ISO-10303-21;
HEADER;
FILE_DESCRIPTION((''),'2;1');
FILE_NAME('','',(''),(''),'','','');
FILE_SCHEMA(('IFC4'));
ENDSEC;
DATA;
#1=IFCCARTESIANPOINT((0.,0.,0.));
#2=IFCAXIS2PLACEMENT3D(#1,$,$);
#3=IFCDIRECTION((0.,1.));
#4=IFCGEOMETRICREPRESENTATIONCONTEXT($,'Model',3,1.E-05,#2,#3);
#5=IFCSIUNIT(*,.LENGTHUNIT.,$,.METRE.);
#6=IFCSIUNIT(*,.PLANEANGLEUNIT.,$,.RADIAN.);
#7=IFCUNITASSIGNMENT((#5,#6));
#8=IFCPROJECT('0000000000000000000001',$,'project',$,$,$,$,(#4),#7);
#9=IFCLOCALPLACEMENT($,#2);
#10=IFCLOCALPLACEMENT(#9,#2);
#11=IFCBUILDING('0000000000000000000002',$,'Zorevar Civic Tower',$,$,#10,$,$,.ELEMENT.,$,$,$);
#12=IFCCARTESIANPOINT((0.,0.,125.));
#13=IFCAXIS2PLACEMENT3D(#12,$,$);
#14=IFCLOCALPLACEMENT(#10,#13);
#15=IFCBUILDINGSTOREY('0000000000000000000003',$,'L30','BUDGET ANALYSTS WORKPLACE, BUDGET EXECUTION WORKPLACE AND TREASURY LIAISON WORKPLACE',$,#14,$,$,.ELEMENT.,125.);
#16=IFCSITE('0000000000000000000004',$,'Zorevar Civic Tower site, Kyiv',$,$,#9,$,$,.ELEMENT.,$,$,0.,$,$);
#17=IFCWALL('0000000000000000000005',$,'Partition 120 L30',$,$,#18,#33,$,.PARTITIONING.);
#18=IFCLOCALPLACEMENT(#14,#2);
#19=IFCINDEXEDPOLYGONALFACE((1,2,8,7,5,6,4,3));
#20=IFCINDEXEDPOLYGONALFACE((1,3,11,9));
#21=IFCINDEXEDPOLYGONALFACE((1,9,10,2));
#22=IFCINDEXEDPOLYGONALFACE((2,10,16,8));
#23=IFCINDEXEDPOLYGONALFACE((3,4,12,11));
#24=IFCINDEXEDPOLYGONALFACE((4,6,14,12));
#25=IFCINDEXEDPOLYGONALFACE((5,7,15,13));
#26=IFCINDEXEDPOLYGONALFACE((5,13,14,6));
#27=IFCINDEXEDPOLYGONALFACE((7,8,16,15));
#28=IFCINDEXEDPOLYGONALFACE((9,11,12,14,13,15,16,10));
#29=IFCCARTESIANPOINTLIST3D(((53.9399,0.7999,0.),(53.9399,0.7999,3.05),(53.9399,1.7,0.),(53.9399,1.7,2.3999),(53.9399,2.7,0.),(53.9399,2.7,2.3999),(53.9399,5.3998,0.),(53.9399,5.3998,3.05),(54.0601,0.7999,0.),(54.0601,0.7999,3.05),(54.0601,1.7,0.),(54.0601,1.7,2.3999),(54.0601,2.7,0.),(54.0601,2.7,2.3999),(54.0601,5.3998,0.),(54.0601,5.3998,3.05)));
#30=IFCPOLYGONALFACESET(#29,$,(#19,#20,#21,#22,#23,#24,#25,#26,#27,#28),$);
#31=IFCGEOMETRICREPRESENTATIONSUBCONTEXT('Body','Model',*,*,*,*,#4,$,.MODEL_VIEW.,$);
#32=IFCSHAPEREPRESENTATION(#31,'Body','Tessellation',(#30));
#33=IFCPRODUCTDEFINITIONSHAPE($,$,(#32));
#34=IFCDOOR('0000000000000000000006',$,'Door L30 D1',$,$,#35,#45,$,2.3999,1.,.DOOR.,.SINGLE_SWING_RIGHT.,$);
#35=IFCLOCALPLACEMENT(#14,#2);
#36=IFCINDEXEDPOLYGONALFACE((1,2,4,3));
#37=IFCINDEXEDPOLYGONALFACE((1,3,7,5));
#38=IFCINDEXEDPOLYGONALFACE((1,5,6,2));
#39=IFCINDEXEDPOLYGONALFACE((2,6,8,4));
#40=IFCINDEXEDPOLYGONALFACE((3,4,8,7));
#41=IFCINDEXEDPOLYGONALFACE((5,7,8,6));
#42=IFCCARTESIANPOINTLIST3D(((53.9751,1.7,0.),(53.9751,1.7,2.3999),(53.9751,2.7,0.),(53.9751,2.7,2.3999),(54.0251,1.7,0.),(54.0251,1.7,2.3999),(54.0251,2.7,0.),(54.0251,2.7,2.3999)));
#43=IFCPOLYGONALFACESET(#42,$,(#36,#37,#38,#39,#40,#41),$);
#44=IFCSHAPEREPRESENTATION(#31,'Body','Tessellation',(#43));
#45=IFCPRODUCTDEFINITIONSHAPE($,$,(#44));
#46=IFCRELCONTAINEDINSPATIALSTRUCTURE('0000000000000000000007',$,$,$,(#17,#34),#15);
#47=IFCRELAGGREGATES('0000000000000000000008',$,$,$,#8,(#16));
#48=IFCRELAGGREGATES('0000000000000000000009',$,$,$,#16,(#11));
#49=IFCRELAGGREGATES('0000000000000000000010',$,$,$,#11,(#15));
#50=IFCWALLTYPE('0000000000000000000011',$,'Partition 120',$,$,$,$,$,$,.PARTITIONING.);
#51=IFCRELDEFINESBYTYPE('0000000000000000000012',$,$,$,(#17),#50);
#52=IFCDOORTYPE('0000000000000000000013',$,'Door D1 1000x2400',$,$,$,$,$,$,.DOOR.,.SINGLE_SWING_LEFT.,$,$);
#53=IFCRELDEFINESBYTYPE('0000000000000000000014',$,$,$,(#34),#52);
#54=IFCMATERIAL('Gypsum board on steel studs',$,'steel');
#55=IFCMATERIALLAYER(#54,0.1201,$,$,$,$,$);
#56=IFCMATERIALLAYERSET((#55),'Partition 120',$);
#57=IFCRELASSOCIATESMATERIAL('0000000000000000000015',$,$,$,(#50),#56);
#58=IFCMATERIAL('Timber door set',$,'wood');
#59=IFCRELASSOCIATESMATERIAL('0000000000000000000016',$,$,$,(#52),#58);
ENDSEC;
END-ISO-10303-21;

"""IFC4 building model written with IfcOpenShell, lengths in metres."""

from ifc_helpers import new_model, si_unit, direction, frame, frame_2d, origin, place, context, subcontext, project, spatial, rectangle, extrude, material, layer, layer_set, type_object, element, fill, save


model = new_model("IFC4")

# Units and contexts
model_context = context("Model", 3, precision=1e-05, world=origin(), true_north=direction((0.0, 1.0)))
body_context = subcontext(model_context, "Body", "Model", "MODEL_VIEW")
ifc_project = project(units=[si_unit("LENGTHUNIT", "METRE"), si_unit("PLANEANGLEUNIT", "RADIAN")], contexts=[model_context])

# Site, building, storey
site_placement = place(None, origin())
site = spatial("IfcSite", under=ifc_project, at=site_placement, Name="Zorevar Civic Tower site, Kyiv", CompositionType="ELEMENT", RefElevation=0.0)
building_placement = place(site_placement, origin())
building = spatial("IfcBuilding", under=site, at=building_placement, Name="Zorevar Civic Tower", CompositionType="ELEMENT")
storey_placement = place(building_placement, frame((0.0, 0.0, 125.0)))
storey = spatial("IfcBuildingStorey", under=building, at=storey_placement, Name="L30", Description="BUDGET ANALYSTS WORKPLACE, BUDGET EXECUTION WORKPLACE AND TREASURY LIAISON WORKPLACE", CompositionType="ELEMENT", Elevation=125.0)

# Shared definitions
ifc_material_1 = material(Name="Gypsum board on steel studs", Category="steel")
ifc_layer_1 = layer(ifc_material_1, 0.1201)
ifc_layer_set_1 = layer_set([ifc_layer_1], Name="Partition 120")
wall_type = type_object("IfcWallType", Name="Partition 120", PredefinedType="PARTITIONING", material=ifc_layer_set_1)

# Wall, opening, door
wall_1_placement = place(storey_placement, frame((54.0, 0.8, 0.0), z_axis=(0.0, 0.0, 1.0), x_axis=(0.0, 1.0, 0.0)))
wall_1 = element("IfcWall", 1, at=wall_1_placement, inside=storey, type_object=wall_type, Name="Partition 120 L30", PredefinedType="PARTITIONING", context=body_context, shape_type="SweptSolid", body=[
    extrude(rectangle(XDim=4.5999, YDim=0.1201, at=frame_2d((2.2998, 0.0))), origin(), (0.0, 0.0, 1.0), 3.05),
])
opening_placement = place(wall_1_placement, frame((0.8999, 0.0, 0.0)))
opening = element("IfcOpeningElement", 2, at=opening_placement, cuts=wall_1, PredefinedType="OPENING", context=body_context, shape_type="SweptSolid", body=[
    extrude(rectangle(XDim=1.0, YDim=2.3999, at=frame_2d((0.5, 1.2))), frame((0.0, 0.0701, 0.0), z_axis=(0.0, -1.0, 0.0), x_axis=(1.0, 0.0, 0.0)), (0.0, 0.0, 1.0), 0.1401),
])
ifc_material_2 = material(Name="Timber door set", Category="wood")
door_type = type_object("IfcDoorType", Name="Door D1 1000x2400", OperationType="SINGLE_SWING_LEFT", PredefinedType="DOOR", material=ifc_material_2)
door_placement = place(opening_placement, origin())
door = element("IfcDoor", 3, at=door_placement, inside=storey, type_object=door_type, Name="Door L30 D1", OperationType="SINGLE_SWING_RIGHT", OverallHeight=2.3999, OverallWidth=1.0, PredefinedType="DOOR", context=body_context, shape_type="SweptSolid", body=[
    extrude(rectangle(XDim=1.0, YDim=2.3999, at=frame_2d((0.5, 1.2))), frame((0.0, 0.0249, 0.0), z_axis=(0.0, -1.0, 0.0), x_axis=(1.0, 0.0, 0.0)), (0.0, 0.0, 1.0), 0.05),
])
fill(opening, door)

save(model, "model.ifc")
